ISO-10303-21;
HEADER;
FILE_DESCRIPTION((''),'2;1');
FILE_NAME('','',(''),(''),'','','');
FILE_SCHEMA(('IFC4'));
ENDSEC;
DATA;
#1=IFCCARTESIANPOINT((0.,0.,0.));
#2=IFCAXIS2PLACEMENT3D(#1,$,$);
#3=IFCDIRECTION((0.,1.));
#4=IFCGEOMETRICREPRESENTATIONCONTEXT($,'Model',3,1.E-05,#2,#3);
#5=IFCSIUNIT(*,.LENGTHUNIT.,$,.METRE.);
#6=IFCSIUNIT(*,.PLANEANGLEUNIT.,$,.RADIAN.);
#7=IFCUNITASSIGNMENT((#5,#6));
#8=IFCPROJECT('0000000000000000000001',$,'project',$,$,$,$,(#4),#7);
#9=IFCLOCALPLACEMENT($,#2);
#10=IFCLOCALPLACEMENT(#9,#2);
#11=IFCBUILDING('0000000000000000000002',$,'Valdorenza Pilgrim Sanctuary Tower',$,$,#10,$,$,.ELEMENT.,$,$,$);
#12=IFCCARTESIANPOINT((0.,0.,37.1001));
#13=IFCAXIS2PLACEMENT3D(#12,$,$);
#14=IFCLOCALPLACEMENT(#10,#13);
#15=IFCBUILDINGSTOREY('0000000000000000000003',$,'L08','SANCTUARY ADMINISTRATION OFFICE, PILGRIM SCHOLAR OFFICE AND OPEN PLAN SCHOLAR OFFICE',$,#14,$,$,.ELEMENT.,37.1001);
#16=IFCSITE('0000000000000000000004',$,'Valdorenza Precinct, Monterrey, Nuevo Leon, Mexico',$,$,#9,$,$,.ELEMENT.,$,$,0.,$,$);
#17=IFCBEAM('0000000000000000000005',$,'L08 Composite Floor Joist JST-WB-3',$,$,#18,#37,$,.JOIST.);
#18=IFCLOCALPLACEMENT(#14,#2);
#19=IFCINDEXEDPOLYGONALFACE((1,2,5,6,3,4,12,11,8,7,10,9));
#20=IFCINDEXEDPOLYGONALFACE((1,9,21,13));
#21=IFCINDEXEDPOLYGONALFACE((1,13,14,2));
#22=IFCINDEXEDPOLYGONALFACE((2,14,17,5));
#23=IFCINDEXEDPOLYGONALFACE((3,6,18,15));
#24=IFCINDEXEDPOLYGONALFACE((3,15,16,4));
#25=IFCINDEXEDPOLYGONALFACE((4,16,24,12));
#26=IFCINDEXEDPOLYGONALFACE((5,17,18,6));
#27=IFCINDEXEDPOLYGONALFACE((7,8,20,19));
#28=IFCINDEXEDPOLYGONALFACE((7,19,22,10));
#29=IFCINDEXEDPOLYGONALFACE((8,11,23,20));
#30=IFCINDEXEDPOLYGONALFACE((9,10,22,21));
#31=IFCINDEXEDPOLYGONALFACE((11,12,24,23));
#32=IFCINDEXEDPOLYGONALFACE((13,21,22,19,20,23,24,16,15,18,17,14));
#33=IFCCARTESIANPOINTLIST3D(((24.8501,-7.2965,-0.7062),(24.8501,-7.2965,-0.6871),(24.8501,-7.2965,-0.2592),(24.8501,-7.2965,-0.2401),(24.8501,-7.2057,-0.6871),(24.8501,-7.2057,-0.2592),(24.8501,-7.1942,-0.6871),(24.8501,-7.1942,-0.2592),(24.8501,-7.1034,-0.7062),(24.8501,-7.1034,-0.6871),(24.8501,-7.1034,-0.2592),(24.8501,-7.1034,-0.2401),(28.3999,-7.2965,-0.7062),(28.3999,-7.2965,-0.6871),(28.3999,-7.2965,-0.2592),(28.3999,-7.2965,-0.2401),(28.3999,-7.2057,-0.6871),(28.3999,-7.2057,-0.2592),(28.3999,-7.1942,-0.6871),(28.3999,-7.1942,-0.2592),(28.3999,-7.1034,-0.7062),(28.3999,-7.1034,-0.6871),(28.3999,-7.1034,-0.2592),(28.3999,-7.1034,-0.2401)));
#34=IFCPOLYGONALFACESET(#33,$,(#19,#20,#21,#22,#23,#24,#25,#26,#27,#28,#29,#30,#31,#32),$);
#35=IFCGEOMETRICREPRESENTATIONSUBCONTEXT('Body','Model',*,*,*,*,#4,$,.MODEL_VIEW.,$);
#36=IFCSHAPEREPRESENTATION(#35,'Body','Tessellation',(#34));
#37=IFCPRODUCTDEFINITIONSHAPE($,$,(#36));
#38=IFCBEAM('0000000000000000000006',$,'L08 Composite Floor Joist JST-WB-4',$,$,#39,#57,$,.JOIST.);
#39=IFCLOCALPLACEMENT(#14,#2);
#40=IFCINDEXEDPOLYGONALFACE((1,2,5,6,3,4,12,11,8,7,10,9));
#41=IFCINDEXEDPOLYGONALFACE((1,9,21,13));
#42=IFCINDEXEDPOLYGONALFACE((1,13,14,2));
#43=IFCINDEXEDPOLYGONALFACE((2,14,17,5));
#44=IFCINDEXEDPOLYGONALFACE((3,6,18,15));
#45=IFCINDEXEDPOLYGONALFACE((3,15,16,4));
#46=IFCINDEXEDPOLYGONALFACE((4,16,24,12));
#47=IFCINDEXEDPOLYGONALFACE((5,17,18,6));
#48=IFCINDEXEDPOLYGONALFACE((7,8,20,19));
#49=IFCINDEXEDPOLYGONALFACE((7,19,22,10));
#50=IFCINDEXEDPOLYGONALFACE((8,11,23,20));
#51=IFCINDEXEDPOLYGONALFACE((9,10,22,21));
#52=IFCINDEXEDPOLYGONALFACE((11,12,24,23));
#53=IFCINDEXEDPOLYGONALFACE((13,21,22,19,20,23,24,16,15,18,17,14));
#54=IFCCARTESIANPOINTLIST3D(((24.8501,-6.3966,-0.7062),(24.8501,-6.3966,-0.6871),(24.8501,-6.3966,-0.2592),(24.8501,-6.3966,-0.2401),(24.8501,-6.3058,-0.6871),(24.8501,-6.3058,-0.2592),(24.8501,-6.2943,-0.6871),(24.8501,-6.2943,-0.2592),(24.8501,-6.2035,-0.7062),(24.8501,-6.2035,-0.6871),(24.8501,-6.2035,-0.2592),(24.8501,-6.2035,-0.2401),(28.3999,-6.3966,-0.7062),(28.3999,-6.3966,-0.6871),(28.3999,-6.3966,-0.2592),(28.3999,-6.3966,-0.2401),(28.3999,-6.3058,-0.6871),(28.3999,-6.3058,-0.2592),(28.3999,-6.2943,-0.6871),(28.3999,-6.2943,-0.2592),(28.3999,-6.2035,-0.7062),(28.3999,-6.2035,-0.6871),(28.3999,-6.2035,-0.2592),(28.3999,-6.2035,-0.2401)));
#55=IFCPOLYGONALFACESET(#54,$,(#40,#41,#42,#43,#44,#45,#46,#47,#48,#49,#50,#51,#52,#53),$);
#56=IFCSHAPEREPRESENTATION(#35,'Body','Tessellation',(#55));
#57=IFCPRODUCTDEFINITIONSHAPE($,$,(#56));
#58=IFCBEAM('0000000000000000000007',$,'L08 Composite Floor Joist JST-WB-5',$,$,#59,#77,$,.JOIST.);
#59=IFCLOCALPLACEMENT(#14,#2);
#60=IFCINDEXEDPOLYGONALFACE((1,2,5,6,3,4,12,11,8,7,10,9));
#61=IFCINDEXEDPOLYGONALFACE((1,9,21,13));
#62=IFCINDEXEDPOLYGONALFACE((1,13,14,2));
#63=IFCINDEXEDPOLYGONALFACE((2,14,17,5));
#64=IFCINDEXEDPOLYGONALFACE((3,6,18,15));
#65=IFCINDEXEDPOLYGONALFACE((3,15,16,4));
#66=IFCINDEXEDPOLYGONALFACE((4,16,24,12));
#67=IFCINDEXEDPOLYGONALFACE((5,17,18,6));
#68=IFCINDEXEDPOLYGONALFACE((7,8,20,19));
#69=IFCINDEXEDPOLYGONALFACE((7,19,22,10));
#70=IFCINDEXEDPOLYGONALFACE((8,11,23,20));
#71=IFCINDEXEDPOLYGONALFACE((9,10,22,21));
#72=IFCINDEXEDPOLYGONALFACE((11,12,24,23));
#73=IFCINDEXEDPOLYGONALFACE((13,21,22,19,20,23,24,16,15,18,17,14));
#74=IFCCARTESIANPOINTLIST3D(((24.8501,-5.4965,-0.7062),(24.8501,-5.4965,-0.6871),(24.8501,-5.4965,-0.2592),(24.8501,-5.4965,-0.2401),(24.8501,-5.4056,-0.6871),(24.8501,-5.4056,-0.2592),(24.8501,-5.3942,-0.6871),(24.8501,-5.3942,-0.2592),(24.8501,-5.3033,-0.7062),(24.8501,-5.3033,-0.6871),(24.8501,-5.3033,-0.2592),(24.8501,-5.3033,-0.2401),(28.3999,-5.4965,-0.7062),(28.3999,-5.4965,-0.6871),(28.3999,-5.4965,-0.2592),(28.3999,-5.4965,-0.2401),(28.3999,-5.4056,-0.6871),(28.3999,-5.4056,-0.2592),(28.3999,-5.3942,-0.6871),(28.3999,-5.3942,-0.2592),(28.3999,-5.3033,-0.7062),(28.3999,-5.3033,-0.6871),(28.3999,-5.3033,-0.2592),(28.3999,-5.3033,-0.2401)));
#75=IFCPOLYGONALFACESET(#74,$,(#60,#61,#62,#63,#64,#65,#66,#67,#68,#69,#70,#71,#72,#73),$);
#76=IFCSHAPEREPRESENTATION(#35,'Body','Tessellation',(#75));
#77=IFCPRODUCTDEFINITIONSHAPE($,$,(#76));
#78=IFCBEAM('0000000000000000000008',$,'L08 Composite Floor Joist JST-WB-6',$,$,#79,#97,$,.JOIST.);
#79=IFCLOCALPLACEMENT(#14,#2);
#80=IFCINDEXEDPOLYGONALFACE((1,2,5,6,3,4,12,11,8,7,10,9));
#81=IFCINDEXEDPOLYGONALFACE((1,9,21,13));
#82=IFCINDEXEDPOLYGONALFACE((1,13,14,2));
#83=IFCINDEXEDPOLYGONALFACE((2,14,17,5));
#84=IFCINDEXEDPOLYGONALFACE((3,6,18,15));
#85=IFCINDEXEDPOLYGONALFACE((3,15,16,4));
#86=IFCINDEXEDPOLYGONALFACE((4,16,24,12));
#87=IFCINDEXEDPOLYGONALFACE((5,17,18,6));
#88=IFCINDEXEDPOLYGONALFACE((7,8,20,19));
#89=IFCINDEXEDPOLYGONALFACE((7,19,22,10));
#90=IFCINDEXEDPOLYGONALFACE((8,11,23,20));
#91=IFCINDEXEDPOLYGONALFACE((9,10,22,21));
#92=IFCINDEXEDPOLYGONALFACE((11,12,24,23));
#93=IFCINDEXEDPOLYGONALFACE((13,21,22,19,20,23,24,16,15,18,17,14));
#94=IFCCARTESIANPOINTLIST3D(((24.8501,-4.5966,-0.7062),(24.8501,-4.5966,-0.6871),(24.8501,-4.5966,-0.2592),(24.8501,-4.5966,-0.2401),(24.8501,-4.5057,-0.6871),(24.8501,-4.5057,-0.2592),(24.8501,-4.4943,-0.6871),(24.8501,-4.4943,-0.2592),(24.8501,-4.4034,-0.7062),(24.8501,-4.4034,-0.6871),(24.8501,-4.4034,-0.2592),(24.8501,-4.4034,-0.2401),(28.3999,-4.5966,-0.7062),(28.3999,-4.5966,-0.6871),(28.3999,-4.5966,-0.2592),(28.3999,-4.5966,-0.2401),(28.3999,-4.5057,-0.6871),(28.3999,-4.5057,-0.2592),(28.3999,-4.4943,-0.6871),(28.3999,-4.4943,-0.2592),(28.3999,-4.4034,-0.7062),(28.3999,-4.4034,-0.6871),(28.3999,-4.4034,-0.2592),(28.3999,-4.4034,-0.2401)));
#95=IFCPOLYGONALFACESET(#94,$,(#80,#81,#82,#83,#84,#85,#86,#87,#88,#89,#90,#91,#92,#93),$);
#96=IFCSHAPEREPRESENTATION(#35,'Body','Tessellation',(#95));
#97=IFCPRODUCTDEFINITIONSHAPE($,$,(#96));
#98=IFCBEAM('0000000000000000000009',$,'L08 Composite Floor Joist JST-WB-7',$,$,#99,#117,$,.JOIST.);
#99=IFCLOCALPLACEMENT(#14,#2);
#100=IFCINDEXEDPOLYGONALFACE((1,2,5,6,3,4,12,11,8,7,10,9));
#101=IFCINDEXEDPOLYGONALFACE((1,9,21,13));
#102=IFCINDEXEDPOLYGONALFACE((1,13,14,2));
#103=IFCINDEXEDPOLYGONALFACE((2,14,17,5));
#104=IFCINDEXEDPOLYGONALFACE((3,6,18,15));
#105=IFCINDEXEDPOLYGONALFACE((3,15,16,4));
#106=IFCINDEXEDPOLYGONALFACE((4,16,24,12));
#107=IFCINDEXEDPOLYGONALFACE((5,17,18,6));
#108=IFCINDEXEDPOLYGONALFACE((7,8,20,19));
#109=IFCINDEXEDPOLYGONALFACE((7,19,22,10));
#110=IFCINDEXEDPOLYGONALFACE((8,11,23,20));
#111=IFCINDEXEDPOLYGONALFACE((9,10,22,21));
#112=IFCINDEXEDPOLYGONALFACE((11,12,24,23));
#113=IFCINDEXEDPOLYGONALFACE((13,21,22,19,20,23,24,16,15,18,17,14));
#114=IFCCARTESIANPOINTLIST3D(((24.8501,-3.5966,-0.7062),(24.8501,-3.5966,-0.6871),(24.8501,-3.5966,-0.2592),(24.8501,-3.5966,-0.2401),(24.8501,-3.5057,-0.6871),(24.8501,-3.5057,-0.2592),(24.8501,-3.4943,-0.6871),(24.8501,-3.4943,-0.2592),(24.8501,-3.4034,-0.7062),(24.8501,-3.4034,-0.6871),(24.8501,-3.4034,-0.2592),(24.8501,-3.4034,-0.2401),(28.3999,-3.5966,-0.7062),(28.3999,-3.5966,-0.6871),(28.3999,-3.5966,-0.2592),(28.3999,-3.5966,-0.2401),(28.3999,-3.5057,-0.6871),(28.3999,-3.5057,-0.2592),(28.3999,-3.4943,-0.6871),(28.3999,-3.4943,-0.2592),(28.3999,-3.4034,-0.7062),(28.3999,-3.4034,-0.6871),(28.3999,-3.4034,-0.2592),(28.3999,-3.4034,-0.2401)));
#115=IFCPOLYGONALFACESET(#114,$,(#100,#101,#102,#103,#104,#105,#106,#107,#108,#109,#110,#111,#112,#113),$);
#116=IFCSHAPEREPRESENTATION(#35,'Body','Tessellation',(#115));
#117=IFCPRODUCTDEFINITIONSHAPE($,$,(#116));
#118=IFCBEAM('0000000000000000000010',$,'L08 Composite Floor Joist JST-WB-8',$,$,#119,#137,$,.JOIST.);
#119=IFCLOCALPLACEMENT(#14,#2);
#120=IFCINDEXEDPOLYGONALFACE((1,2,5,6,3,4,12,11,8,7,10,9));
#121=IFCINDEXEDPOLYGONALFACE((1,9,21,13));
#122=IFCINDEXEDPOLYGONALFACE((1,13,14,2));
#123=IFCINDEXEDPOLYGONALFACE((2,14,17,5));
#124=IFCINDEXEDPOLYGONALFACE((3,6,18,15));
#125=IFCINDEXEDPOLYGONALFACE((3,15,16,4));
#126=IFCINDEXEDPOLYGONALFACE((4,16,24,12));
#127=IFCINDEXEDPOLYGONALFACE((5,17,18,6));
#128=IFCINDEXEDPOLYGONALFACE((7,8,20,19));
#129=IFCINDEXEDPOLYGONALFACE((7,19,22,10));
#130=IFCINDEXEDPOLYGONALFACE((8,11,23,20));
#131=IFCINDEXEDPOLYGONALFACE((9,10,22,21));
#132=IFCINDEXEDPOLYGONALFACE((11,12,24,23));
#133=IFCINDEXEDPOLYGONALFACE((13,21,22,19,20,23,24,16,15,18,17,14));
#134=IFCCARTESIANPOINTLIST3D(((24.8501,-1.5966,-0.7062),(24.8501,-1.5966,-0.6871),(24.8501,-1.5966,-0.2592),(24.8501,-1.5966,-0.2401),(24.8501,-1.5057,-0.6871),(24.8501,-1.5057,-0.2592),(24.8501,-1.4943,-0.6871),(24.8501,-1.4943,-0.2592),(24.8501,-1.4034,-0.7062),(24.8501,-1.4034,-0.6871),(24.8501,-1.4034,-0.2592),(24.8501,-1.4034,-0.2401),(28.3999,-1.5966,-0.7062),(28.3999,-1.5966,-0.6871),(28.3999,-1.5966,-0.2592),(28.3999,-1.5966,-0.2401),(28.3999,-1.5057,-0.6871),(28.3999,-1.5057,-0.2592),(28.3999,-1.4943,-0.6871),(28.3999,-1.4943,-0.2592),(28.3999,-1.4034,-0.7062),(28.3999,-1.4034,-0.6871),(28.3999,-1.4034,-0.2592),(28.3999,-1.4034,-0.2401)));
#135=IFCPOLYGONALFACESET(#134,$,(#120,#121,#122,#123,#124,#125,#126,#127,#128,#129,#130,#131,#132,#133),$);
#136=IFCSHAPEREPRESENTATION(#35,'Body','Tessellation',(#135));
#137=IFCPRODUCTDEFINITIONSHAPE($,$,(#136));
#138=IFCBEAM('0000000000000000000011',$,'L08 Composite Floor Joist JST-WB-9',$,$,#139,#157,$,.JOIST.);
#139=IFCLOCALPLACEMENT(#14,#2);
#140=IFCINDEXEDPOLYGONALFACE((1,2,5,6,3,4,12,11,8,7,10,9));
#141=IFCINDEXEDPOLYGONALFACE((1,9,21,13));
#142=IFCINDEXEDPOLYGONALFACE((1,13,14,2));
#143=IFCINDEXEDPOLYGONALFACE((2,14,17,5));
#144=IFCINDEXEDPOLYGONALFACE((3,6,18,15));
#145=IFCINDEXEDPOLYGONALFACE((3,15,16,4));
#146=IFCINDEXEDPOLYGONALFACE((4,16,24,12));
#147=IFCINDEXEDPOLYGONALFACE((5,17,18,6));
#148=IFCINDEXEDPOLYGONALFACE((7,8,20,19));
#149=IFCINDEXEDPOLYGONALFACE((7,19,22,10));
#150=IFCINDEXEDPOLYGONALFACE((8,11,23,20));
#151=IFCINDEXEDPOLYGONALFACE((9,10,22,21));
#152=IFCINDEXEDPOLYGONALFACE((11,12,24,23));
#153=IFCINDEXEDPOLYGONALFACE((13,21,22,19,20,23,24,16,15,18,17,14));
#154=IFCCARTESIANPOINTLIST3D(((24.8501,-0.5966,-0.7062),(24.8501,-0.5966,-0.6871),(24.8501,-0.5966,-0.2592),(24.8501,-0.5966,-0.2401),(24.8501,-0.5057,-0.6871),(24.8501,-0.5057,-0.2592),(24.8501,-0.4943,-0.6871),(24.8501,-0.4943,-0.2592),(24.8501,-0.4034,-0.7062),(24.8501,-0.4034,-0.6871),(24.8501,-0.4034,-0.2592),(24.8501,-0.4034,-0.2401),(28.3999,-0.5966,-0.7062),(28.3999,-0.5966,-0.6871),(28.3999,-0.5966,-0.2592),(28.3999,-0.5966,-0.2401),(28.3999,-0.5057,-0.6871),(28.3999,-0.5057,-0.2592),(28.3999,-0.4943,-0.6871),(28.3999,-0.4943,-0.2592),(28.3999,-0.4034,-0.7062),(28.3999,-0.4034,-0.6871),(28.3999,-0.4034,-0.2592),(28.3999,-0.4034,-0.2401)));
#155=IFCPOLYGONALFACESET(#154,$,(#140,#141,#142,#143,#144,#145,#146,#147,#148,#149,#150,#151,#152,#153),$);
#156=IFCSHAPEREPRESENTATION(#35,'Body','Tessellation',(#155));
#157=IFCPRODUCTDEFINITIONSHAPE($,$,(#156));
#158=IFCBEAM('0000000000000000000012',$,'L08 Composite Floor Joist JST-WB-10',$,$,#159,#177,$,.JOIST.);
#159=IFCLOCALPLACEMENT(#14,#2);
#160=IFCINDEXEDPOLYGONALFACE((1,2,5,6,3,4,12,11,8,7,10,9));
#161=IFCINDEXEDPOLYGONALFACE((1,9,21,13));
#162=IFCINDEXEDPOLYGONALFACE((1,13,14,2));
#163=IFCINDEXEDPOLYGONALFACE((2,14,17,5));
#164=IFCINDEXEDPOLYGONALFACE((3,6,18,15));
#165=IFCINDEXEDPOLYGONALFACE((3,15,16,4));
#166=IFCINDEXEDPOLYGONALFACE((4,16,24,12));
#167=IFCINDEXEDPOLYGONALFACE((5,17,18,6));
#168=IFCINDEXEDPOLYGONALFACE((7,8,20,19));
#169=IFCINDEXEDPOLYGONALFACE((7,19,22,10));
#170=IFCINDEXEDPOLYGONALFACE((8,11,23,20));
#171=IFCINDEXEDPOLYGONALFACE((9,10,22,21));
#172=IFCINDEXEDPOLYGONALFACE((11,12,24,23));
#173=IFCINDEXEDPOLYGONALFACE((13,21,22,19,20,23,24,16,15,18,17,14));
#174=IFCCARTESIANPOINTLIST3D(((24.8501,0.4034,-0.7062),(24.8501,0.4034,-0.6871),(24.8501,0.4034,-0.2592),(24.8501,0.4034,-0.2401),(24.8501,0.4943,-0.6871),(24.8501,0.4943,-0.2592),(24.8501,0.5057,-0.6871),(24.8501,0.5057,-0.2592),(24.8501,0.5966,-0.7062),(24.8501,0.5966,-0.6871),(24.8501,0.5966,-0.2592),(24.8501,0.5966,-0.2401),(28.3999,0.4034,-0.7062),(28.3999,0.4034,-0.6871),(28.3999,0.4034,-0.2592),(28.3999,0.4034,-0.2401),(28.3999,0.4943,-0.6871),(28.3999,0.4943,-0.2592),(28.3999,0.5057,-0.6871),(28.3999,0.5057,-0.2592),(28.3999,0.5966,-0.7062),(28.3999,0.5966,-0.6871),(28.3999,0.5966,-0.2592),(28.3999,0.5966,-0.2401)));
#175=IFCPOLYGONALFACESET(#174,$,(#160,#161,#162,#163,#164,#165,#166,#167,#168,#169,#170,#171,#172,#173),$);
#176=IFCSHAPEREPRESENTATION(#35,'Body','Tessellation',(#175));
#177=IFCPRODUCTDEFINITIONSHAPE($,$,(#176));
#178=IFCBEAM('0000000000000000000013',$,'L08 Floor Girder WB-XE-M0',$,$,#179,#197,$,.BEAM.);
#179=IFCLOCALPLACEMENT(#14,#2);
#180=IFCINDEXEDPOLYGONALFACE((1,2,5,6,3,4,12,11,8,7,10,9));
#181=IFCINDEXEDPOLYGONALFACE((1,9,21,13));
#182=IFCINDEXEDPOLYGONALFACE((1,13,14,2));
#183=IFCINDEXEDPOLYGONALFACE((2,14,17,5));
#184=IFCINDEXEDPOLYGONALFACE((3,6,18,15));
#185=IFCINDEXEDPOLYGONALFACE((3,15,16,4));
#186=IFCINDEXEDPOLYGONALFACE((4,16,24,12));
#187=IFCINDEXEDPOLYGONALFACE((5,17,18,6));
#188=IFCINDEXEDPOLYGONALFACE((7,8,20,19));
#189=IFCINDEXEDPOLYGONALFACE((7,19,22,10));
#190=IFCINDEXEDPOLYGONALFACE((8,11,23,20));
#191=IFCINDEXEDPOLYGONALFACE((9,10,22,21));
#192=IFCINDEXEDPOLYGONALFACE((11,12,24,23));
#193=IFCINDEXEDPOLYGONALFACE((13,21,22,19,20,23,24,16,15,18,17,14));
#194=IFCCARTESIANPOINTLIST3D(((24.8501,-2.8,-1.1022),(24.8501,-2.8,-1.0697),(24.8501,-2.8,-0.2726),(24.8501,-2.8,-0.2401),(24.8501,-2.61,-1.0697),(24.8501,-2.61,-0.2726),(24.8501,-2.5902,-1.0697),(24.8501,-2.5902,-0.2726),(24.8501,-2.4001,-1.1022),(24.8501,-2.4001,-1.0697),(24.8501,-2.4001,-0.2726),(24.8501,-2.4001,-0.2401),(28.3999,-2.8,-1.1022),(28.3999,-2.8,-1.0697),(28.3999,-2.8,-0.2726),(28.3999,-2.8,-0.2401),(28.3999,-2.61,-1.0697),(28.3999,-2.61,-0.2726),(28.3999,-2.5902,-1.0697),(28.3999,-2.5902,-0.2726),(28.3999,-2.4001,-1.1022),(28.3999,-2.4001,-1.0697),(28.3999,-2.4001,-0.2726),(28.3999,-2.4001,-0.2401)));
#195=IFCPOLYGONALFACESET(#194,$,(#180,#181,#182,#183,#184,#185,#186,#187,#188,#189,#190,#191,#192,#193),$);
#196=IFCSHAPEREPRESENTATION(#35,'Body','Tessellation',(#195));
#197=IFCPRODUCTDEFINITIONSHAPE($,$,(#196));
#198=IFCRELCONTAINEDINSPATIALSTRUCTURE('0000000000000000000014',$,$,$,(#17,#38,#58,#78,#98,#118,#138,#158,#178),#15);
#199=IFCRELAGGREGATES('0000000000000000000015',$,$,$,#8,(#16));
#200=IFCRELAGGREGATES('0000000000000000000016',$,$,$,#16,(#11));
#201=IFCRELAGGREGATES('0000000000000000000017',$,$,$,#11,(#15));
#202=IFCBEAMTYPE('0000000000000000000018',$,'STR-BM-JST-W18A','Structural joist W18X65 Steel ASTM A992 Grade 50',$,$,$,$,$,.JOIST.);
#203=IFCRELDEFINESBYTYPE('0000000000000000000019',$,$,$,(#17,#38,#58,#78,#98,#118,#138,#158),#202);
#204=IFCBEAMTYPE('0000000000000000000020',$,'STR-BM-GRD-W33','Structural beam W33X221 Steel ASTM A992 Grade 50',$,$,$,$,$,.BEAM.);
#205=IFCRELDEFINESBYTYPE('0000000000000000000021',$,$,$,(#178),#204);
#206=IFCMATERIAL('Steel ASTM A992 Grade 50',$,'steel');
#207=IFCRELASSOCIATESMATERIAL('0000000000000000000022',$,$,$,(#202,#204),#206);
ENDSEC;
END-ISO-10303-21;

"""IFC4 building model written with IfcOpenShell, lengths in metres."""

from ifc_helpers import new_model, si_unit, direction, frame, origin, origin_2d, place, context, subcontext, project, spatial, i_section, extrude, source, transform, mapped, material, material_profile, profile_set, type_object, element, save


model = new_model("IFC4")

# Units and contexts
model_context = context("Model", 3, precision=1e-05, world=origin(), true_north=direction((0.0, 1.0)))
body_context = subcontext(model_context, "Body", "Model", "MODEL_VIEW")
ifc_project = project(units=[si_unit("LENGTHUNIT", "METRE"), si_unit("PLANEANGLEUNIT", "RADIAN")], contexts=[model_context])

# Site, building, storey
site_placement = place(None, origin())
site = spatial("IfcSite", under=ifc_project, at=site_placement, Name="Valdorenza Precinct, Monterrey, Nuevo Leon, Mexico", CompositionType="ELEMENT", RefElevation=0.0)
building_placement = place(site_placement, origin())
building = spatial("IfcBuilding", under=site, at=building_placement, Name="Valdorenza Pilgrim Sanctuary Tower", CompositionType="ELEMENT")
storey_placement = place(building_placement, frame((0.0, 0.0, 37.1001)))
storey = spatial("IfcBuildingStorey", under=building, at=storey_placement, Name="L08", Description="SANCTUARY ADMINISTRATION OFFICE, PILGRIM SCHOLAR OFFICE AND OPEN PLAN SCHOLAR OFFICE", CompositionType="ELEMENT", Elevation=37.1001)

# Beams
ifc_material_1 = material(Name="Steel ASTM A992 Grade 50", Category="steel")
ifc_material_profile_1 = material_profile(ifc_material_1, i_section(OverallWidth=0.1931, OverallDepth=0.4661, WebThickness=0.0115, FlangeThickness=0.019, at=origin_2d()), Name="W18X65")
ifc_profile_set_1 = profile_set([ifc_material_profile_1], Name="Steel ASTM A992 Grade 50")
beam_type_1 = type_object("IfcBeamType", Name="STR-BM-JST-W18A", Description="Structural joist W18X65 Steel ASTM A992 Grade 50", PredefinedType="JOIST", material=ifc_profile_set_1)
shared_shape_1 = source(origin(), body_context, "Body", "SweptSolid", [
    extrude(i_section(OverallWidth=0.1931, OverallDepth=0.4661, WebThickness=0.0115, FlangeThickness=0.019, at=origin_2d()), origin(), (0.0, 0.0, 1.0), 3.5498),
])
for number, where, z_axis, x_axis, name in (
    (1, (24.8501, -7.2, -0.4731), (1.0, 0.0, 0.0), (0.0, 1.0, 0.0), "L08 Composite Floor Joist JST-WB-3"),
    (2, (24.8501, -6.3, -0.4731), (1.0, 0.0, 0.0), (0.0, 1.0, 0.0), "L08 Composite Floor Joist JST-WB-4"),
    (3, (24.8501, -5.3999, -0.4731), (1.0, 0.0, 0.0), (0.0, 1.0, 0.0), "L08 Composite Floor Joist JST-WB-5"),
    (4, (24.8501, -4.5, -0.4731), (1.0, 0.0, 0.0), (0.0, 1.0, 0.0), "L08 Composite Floor Joist JST-WB-6"),
    (5, (24.8501, -3.5, -0.4731), (1.0, 0.0, 0.0), (0.0, 1.0, 0.0), "L08 Composite Floor Joist JST-WB-7"),
    (6, (24.8501, -1.5, -0.4731), (1.0, 0.0, 0.0), (0.0, 1.0, 0.0), "L08 Composite Floor Joist JST-WB-8"),
    (7, (24.8501, -0.5, -0.4731), (1.0, 0.0, 0.0), (0.0, 1.0, 0.0), "L08 Composite Floor Joist JST-WB-9"),
    (8, (24.8501, 0.5, -0.4731), (1.0, 0.0, 0.0), (0.0, 1.0, 0.0), "L08 Composite Floor Joist JST-WB-10"),
):
    element("IfcBeam", number, at=place(storey_placement, frame(where, z_axis=z_axis, x_axis=x_axis)), inside=storey, type_object=beam_type_1, Name=name, PredefinedType="JOIST", context=body_context, shape_type="MappedRepresentation", body=[
        mapped(shared_shape_1, transform((0.0, 0.0, 0.0), x_axis=(1.0, 0.0, 0.0), y_axis=(0.0, 1.0, 0.0), z_axis=(0.0, 0.0, 1.0), scale=1.0)),
    ])
ifc_material_profile_2 = material_profile(ifc_material_1, i_section(OverallWidth=0.3999, OverallDepth=0.8621, WebThickness=0.0198, FlangeThickness=0.0325, at=origin_2d()), Name="W33X221")
ifc_profile_set_2 = profile_set([ifc_material_profile_2], Name="Steel ASTM A992 Grade 50")
beam_type_2 = type_object("IfcBeamType", Name="STR-BM-GRD-W33", Description="Structural beam W33X221 Steel ASTM A992 Grade 50", PredefinedType="BEAM", material=ifc_profile_set_2)
shared_shape_2 = source(origin(), body_context, "Body", "SweptSolid", [
    extrude(i_section(OverallWidth=0.3999, OverallDepth=0.8621, WebThickness=0.0198, FlangeThickness=0.0325, at=origin_2d()), origin(), (0.0, 0.0, 1.0), 3.5498),
])
beam_1_placement = place(storey_placement, frame((24.8501, -2.6001, -0.6711), z_axis=(1.0, 0.0, 0.0), x_axis=(0.0, 1.0, 0.0)))
element("IfcBeam", 9, at=beam_1_placement, inside=storey, type_object=beam_type_2, Name="L08 Floor Girder WB-XE-M0", PredefinedType="BEAM", context=body_context, shape_type="MappedRepresentation", body=[
    mapped(shared_shape_2, transform((0.0, 0.0, 0.0), x_axis=(1.0, 0.0, 0.0), y_axis=(0.0, 1.0, 0.0), z_axis=(0.0, 0.0, 1.0), scale=1.0)),
])

save(model, "model.ifc")
